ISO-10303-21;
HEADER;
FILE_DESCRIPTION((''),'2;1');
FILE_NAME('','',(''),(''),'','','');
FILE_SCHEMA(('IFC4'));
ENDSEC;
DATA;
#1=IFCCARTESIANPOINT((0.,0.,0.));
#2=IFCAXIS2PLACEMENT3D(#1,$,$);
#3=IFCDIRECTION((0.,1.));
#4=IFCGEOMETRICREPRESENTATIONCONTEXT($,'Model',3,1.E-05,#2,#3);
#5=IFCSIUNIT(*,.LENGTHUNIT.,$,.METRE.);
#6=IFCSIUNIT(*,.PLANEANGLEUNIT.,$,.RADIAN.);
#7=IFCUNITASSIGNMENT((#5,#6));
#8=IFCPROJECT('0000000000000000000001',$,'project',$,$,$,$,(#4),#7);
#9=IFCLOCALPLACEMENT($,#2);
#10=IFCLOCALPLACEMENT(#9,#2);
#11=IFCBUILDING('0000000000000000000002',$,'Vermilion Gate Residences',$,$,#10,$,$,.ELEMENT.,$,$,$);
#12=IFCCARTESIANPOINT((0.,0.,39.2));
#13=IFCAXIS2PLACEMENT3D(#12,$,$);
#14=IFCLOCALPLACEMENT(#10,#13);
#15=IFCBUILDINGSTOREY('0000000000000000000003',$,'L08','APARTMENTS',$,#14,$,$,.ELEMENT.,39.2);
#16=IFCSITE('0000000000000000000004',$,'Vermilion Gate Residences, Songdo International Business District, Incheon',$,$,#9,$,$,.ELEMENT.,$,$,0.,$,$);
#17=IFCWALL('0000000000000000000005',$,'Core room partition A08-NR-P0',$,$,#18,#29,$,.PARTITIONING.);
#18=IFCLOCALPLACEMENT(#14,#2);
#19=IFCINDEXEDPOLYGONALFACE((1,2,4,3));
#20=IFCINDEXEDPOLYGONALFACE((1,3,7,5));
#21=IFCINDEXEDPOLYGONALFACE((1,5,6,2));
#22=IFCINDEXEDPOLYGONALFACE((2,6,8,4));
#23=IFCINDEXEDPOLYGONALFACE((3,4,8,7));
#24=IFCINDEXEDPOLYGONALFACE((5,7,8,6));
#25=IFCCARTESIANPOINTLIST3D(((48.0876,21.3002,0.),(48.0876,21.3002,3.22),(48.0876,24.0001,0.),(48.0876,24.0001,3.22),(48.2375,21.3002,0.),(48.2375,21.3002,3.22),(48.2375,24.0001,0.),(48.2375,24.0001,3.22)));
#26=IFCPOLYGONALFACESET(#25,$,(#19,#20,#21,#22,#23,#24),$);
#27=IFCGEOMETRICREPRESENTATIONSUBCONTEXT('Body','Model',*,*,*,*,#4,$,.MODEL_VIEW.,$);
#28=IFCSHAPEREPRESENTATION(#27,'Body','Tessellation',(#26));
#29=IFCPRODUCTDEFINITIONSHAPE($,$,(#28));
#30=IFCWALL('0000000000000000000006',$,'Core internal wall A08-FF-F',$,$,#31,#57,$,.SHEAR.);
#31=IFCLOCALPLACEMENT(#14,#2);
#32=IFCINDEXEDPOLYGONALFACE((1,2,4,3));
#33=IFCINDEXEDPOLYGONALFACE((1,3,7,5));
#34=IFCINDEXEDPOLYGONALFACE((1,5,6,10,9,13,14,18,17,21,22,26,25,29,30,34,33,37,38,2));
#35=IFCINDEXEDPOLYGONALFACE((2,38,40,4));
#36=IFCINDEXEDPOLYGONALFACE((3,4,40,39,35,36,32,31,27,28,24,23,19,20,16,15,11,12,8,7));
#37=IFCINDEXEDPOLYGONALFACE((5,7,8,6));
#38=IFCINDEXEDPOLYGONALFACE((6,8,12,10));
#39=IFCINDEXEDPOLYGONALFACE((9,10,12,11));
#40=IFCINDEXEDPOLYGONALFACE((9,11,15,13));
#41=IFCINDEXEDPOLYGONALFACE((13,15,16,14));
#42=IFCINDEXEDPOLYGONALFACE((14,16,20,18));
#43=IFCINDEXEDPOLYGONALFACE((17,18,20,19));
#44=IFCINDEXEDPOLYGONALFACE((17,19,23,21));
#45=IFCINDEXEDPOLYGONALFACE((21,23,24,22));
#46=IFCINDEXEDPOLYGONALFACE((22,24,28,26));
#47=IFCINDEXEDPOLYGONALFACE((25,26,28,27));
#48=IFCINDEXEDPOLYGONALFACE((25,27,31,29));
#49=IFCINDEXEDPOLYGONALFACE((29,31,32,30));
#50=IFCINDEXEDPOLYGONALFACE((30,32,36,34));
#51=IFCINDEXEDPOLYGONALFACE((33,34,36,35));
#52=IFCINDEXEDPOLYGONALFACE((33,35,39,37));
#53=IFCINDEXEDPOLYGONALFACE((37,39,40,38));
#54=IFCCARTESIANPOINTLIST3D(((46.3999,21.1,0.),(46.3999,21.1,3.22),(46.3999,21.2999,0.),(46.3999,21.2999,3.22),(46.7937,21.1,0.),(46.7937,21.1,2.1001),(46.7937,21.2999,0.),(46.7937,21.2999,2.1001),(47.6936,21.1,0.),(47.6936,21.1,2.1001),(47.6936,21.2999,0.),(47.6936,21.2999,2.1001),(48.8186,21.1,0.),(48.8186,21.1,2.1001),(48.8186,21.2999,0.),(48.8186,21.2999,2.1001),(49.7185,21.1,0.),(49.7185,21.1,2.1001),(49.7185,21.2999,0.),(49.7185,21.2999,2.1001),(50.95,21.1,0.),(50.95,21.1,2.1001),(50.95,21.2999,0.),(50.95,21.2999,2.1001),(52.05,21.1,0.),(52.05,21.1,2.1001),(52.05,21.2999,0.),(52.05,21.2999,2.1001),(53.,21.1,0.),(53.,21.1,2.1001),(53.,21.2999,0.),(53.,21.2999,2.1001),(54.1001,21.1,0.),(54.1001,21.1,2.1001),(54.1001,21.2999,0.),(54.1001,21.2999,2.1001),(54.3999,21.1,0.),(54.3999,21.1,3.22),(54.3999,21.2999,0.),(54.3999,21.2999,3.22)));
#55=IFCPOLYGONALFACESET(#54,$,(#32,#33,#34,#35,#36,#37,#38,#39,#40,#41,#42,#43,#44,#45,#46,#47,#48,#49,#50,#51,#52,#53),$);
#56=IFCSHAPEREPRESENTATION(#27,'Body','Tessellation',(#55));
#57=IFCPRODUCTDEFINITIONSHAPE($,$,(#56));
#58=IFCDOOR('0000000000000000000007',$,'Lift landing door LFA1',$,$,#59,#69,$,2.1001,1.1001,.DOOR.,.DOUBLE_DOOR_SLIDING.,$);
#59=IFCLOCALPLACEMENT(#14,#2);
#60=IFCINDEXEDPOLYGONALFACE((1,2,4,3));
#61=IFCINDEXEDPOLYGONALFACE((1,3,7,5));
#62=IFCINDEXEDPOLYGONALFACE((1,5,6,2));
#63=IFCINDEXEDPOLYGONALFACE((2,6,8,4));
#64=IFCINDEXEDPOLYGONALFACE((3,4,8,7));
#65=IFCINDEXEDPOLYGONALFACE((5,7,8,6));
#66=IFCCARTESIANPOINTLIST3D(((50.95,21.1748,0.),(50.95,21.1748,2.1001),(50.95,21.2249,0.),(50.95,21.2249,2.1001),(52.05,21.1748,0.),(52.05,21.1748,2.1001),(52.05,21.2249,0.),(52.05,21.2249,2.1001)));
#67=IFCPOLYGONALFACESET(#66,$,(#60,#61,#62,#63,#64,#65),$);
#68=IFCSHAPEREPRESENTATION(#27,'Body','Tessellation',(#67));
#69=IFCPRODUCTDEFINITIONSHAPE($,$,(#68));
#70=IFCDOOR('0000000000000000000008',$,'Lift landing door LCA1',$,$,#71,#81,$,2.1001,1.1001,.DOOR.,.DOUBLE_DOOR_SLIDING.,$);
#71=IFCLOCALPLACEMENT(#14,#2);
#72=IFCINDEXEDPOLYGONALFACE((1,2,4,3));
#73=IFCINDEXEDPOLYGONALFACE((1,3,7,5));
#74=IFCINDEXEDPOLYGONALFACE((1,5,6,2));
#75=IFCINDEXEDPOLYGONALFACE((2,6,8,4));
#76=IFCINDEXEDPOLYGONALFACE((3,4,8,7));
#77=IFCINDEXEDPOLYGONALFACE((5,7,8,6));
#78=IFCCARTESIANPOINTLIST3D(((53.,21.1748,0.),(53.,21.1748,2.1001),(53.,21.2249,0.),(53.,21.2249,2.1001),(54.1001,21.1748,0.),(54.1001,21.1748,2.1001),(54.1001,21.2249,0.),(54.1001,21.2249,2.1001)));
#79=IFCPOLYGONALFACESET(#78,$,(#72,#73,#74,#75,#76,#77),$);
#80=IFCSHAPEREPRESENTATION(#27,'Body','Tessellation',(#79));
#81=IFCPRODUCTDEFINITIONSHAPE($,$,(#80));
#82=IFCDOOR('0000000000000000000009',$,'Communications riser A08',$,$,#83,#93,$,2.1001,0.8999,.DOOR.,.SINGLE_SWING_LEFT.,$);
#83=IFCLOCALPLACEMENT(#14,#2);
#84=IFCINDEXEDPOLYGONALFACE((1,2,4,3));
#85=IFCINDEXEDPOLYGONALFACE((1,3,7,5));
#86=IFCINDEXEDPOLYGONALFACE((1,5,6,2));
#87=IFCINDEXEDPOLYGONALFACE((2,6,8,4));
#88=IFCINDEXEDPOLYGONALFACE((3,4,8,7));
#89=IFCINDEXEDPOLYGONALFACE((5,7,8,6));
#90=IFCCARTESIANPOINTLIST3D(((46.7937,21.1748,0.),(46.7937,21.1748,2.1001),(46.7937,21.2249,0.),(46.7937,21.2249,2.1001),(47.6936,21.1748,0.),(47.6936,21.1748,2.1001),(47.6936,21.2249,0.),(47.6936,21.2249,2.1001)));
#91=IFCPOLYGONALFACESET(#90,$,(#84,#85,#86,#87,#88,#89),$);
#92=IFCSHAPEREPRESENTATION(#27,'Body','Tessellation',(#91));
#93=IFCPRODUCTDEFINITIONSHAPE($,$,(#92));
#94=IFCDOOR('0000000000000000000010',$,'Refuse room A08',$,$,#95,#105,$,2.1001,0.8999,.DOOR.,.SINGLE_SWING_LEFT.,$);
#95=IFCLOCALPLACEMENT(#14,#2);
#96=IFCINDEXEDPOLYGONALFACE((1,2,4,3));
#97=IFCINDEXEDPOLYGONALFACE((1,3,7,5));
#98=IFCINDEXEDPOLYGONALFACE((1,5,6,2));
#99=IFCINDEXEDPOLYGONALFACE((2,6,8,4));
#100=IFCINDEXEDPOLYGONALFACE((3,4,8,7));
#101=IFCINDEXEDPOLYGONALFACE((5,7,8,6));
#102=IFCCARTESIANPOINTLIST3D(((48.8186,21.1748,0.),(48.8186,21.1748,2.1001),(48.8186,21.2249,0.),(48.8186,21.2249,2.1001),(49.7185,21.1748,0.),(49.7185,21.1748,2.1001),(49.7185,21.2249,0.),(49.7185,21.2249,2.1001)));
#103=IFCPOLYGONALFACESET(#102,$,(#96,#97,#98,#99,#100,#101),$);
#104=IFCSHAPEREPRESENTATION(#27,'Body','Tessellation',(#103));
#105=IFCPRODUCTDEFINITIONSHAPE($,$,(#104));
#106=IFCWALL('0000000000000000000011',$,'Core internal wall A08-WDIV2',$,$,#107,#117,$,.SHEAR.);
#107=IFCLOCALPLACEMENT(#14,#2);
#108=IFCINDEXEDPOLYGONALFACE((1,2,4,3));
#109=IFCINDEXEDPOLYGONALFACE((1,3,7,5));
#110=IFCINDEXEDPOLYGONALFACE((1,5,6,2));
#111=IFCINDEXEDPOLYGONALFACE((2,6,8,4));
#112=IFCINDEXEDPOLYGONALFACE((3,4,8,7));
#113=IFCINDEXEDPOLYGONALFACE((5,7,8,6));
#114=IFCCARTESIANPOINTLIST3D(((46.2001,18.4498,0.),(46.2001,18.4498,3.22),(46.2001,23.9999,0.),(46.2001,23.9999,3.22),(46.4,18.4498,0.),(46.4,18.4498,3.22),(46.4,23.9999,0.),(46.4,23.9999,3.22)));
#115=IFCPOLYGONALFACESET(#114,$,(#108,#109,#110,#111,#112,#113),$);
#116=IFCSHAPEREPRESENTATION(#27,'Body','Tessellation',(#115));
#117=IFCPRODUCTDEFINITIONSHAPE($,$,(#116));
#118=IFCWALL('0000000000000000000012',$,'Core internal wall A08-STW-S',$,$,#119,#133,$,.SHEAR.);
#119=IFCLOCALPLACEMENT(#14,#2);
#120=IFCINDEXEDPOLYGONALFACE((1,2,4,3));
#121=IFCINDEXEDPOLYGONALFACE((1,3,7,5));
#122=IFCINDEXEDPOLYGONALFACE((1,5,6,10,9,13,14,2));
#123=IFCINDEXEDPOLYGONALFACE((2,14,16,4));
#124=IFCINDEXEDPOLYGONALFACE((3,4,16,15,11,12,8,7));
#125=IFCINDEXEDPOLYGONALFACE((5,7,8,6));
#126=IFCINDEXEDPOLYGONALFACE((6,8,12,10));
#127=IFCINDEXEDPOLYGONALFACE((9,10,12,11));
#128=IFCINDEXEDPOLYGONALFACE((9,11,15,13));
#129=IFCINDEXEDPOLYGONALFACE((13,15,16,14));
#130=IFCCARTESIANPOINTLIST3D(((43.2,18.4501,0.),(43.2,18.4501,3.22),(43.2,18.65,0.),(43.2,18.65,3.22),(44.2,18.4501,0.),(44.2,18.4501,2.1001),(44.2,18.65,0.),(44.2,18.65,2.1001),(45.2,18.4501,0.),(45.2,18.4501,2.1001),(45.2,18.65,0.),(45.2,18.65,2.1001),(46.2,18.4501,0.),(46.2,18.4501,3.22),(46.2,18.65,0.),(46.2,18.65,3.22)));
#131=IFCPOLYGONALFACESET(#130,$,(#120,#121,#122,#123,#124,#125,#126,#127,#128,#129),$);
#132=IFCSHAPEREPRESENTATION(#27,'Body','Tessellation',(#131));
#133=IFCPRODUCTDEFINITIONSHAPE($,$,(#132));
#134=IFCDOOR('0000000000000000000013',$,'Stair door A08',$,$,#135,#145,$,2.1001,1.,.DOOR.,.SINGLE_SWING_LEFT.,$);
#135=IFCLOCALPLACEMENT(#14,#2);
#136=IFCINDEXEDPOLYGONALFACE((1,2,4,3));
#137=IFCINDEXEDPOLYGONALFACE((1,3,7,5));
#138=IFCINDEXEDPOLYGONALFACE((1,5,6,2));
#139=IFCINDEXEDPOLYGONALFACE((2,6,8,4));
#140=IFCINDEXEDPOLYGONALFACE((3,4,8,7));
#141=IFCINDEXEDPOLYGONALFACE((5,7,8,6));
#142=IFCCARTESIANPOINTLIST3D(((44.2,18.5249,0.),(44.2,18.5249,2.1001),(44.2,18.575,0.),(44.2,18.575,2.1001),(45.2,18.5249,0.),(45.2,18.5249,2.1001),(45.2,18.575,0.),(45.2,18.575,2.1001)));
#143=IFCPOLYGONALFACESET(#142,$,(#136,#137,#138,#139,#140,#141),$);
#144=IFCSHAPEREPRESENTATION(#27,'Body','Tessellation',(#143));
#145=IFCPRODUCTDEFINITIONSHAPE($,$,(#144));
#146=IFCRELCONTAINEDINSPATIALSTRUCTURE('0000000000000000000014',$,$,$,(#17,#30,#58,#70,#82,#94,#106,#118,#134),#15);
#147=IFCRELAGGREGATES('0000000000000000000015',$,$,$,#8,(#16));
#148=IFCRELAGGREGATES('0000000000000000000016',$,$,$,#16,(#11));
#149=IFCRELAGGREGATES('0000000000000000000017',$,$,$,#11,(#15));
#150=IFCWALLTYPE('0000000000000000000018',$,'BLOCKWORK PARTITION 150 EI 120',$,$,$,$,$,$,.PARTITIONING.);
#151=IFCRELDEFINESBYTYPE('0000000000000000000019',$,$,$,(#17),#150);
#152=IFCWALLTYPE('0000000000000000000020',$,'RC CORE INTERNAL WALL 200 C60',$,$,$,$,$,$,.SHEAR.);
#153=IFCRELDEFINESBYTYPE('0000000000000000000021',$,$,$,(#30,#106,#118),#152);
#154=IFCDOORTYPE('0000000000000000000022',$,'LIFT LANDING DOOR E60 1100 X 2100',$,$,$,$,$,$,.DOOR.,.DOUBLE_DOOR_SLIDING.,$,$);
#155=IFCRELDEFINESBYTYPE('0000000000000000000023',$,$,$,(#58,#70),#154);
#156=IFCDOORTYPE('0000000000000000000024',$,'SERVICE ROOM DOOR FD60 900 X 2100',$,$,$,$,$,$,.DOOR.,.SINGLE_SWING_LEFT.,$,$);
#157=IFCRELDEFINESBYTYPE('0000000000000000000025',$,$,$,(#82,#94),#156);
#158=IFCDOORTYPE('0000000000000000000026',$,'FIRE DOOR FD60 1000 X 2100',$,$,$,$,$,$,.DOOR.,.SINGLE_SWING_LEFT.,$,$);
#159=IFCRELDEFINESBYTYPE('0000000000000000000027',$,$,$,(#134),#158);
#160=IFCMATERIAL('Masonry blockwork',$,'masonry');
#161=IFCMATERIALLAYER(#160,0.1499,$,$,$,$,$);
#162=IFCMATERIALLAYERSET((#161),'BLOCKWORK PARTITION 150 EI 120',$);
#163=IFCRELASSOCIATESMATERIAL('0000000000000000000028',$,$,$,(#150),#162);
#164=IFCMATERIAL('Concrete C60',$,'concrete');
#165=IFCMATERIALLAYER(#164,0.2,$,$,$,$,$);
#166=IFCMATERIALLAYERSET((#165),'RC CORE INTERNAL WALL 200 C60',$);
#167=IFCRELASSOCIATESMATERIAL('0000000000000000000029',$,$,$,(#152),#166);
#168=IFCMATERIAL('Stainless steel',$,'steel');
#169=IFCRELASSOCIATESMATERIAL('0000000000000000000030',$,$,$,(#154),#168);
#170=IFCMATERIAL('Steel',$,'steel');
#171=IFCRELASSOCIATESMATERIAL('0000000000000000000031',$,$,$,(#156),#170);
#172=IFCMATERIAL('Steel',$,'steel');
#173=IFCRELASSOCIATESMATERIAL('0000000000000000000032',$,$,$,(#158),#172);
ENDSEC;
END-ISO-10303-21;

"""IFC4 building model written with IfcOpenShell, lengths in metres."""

from ifc_helpers import new_model, si_unit, direction, frame, frame_2d, origin, place, context, subcontext, project, spatial, rectangle, extrude, material, layer, layer_set, type_object, element, fill, save


model = new_model("IFC4")

# Units and contexts
model_context = context("Model", 3, precision=1e-05, world=origin(), true_north=direction((0.0, 1.0)))
body_context = subcontext(model_context, "Body", "Model", "MODEL_VIEW")
ifc_project = project(units=[si_unit("LENGTHUNIT", "METRE"), si_unit("PLANEANGLEUNIT", "RADIAN")], contexts=[model_context])

# Site, building, storey
site_placement = place(None, origin())
site = spatial("IfcSite", under=ifc_project, at=site_placement, Name="Vermilion Gate Residences, Songdo International Business District, Incheon", CompositionType="ELEMENT", RefElevation=0.0)
building_placement = place(site_placement, origin())
building = spatial("IfcBuilding", under=site, at=building_placement, Name="Vermilion Gate Residences", CompositionType="ELEMENT")
storey_placement = place(building_placement, frame((0.0, 0.0, 39.2)))
storey = spatial("IfcBuildingStorey", under=building, at=storey_placement, Name="L08", Description="APARTMENTS", CompositionType="ELEMENT", Elevation=39.2)

# Wall
ifc_material_1 = material(Name="Masonry blockwork", Category="masonry")
ifc_layer_1 = layer(ifc_material_1, 0.1499)
ifc_layer_set_1 = layer_set([ifc_layer_1], Name="BLOCKWORK PARTITION 150 EI 120")
wall_type_1 = type_object("IfcWallType", Name="BLOCKWORK PARTITION 150 EI 120", PredefinedType="PARTITIONING", material=ifc_layer_set_1)
wall_1_placement = place(storey_placement, frame((48.1626, 21.3, 0.0), z_axis=(0.0, 0.0, 1.0), x_axis=(0.0, 1.0, 0.0)))
element("IfcWall", 1, at=wall_1_placement, inside=storey, type_object=wall_type_1, Name="Core room partition A08-NR-P0", PredefinedType="PARTITIONING", context=body_context, shape_type="SweptSolid", body=[
    extrude(rectangle(XDim=2.7, YDim=0.1499, at=frame_2d((1.3501, 0.0))), origin(), (0.0, 0.0, 1.0), 3.22),
])

# Wall, openings, doors
ifc_material_2 = material(Name="Concrete C60", Category="concrete")
ifc_layer_2 = layer(ifc_material_2, 0.2)
ifc_layer_set_2 = layer_set([ifc_layer_2], Name="RC CORE INTERNAL WALL 200 C60")
wall_type_2 = type_object("IfcWallType", Name="RC CORE INTERNAL WALL 200 C60", PredefinedType="SHEAR", material=ifc_layer_set_2)
wall_2_placement = place(storey_placement, frame((46.3999, 21.2, 0.0), z_axis=(0.0, 0.0, 1.0), x_axis=(1.0, 0.0, 0.0)))
wall_2 = element("IfcWall", 2, at=wall_2_placement, inside=storey, type_object=wall_type_2, Name="Core internal wall A08-FF-F", PredefinedType="SHEAR", context=body_context, shape_type="SweptSolid", body=[
    extrude(rectangle(XDim=8.0, YDim=0.2, at=frame_2d((4.0, 0.0))), origin(), (0.0, 0.0, 1.0), 3.22),
])
opening_1_placement = place(wall_2_placement, frame((0.3938, 0.0, 0.0)))
opening_1 = element("IfcOpeningElement", 3, at=opening_1_placement, cuts=wall_2, PredefinedType="OPENING", context=body_context, shape_type="SweptSolid", body=[
    extrude(rectangle(XDim=0.8999, YDim=2.1001, at=frame_2d((0.45, 1.05))), frame((0.0, 0.1099, 0.0), z_axis=(0.0, -1.0, 0.0), x_axis=(1.0, 0.0, 0.0)), (0.0, 0.0, 1.0), 0.22),
])
opening_2_placement = place(wall_2_placement, frame((2.4187, 0.0, 0.0)))
opening_2 = element("IfcOpeningElement", 4, at=opening_2_placement, cuts=wall_2, PredefinedType="OPENING", context=body_context, shape_type="SweptSolid", body=[
    extrude(rectangle(XDim=0.8999, YDim=2.1001, at=frame_2d((0.45, 1.05))), frame((0.0, 0.1099, 0.0), z_axis=(0.0, -1.0, 0.0), x_axis=(1.0, 0.0, 0.0)), (0.0, 0.0, 1.0), 0.22),
])
opening_3_placement = place(wall_2_placement, frame((4.55, 0.0, 0.0)))
opening_3 = element("IfcOpeningElement", 5, at=opening_3_placement, cuts=wall_2, PredefinedType="OPENING", context=body_context, shape_type="SweptSolid", body=[
    extrude(rectangle(XDim=1.1001, YDim=2.1001, at=frame_2d((0.55, 1.05))), frame((0.0, 0.1099, 0.0), z_axis=(0.0, -1.0, 0.0), x_axis=(1.0, 0.0, 0.0)), (0.0, 0.0, 1.0), 0.22),
])
opening_4_placement = place(wall_2_placement, frame((6.6001, 0.0, 0.0)))
opening_4 = element("IfcOpeningElement", 6, at=opening_4_placement, cuts=wall_2, PredefinedType="OPENING", context=body_context, shape_type="SweptSolid", body=[
    extrude(rectangle(XDim=1.1001, YDim=2.1001, at=frame_2d((0.55, 1.05))), frame((0.0, 0.1099, 0.0), z_axis=(0.0, -1.0, 0.0), x_axis=(1.0, 0.0, 0.0)), (0.0, 0.0, 1.0), 0.22),
])
ifc_material_3 = material(Name="Stainless steel", Category="steel")
door_type_1 = type_object("IfcDoorType", Name="LIFT LANDING DOOR E60 1100 X 2100", OperationType="DOUBLE_DOOR_SLIDING", PredefinedType="DOOR", material=ifc_material_3)
door_1_placement = place(opening_3_placement, origin())
door_1 = element("IfcDoor", 7, at=door_1_placement, inside=storey, type_object=door_type_1, Name="Lift landing door LFA1", OperationType="DOUBLE_DOOR_SLIDING", OverallHeight=2.1001, OverallWidth=1.1001, PredefinedType="DOOR", context=body_context, shape_type="SweptSolid", body=[
    extrude(rectangle(XDim=1.1001, YDim=2.1001, at=frame_2d((0.55, 1.05))), frame((0.0, 0.0249, 0.0), z_axis=(0.0, -1.0, 0.0), x_axis=(1.0, 0.0, 0.0)), (0.0, 0.0, 1.0), 0.05),
])
fill(opening_3, door_1)
door_2_placement = place(opening_4_placement, origin())
door_2 = element("IfcDoor", 8, at=door_2_placement, inside=storey, type_object=door_type_1, Name="Lift landing door LCA1", OperationType="DOUBLE_DOOR_SLIDING", OverallHeight=2.1001, OverallWidth=1.1001, PredefinedType="DOOR", context=body_context, shape_type="SweptSolid", body=[
    extrude(rectangle(XDim=1.1001, YDim=2.1001, at=frame_2d((0.55, 1.05))), frame((0.0, 0.0249, 0.0), z_axis=(0.0, -1.0, 0.0), x_axis=(1.0, 0.0, 0.0)), (0.0, 0.0, 1.0), 0.05),
])
fill(opening_4, door_2)
ifc_material_4 = material(Name="Steel", Category="steel")
door_type_2 = type_object("IfcDoorType", Name="SERVICE ROOM DOOR FD60 900 X 2100", OperationType="SINGLE_SWING_LEFT", PredefinedType="DOOR", material=ifc_material_4)
door_3_placement = place(opening_1_placement, origin())
door_3 = element("IfcDoor", 9, at=door_3_placement, inside=storey, type_object=door_type_2, Name="Communications riser A08", OperationType="SINGLE_SWING_LEFT", OverallHeight=2.1001, OverallWidth=0.8999, PredefinedType="DOOR", context=body_context, shape_type="SweptSolid", body=[
    extrude(rectangle(XDim=0.8999, YDim=2.1001, at=frame_2d((0.45, 1.05))), frame((0.0, 0.0249, 0.0), z_axis=(0.0, -1.0, 0.0), x_axis=(1.0, 0.0, 0.0)), (0.0, 0.0, 1.0), 0.05),
])
fill(opening_1, door_3)
door_4_placement = place(opening_2_placement, origin())
door_4 = element("IfcDoor", 10, at=door_4_placement, inside=storey, type_object=door_type_2, Name="Refuse room A08", OperationType="SINGLE_SWING_LEFT", OverallHeight=2.1001, OverallWidth=0.8999, PredefinedType="DOOR", context=body_context, shape_type="SweptSolid", body=[
    extrude(rectangle(XDim=0.8999, YDim=2.1001, at=frame_2d((0.45, 1.05))), frame((0.0, 0.0249, 0.0), z_axis=(0.0, -1.0, 0.0), x_axis=(1.0, 0.0, 0.0)), (0.0, 0.0, 1.0), 0.05),
])
fill(opening_2, door_4)

# Wall
wall_3_placement = place(storey_placement, frame((46.3, 18.45, 0.0), z_axis=(0.0, 0.0, 1.0), x_axis=(0.0, 1.0, 0.0)))
element("IfcWall", 11, at=wall_3_placement, inside=storey, type_object=wall_type_2, Name="Core internal wall A08-WDIV2", PredefinedType="SHEAR", context=body_context, shape_type="SweptSolid", body=[
    extrude(rectangle(XDim=5.55, YDim=0.2, at=frame_2d((2.7749, 0.0))), origin(), (0.0, 0.0, 1.0), 3.22),
])

# Wall, opening, door
wall_4_placement = place(storey_placement, frame((43.2, 18.55, 0.0), z_axis=(0.0, 0.0, 1.0), x_axis=(1.0, 0.0, 0.0)))
wall_4 = element("IfcWall", 12, at=wall_4_placement, inside=storey, type_object=wall_type_2, Name="Core internal wall A08-STW-S", PredefinedType="SHEAR", context=body_context, shape_type="SweptSolid", body=[
    extrude(rectangle(XDim=3.0, YDim=0.2, at=frame_2d((1.5, 0.0))), origin(), (0.0, 0.0, 1.0), 3.22),
])
opening_5_placement = place(wall_4_placement, frame((1.0, 0.0, 0.0)))
opening_5 = element("IfcOpeningElement", 13, at=opening_5_placement, cuts=wall_4, PredefinedType="OPENING", context=body_context, shape_type="SweptSolid", body=[
    extrude(rectangle(XDim=1.0, YDim=2.1001, at=frame_2d((0.5, 1.05))), frame((0.0, 0.1099, 0.0), z_axis=(0.0, -1.0, 0.0), x_axis=(1.0, 0.0, 0.0)), (0.0, 0.0, 1.0), 0.22),
])
ifc_material_5 = material(Name="Steel", Category="steel")
door_type_3 = type_object("IfcDoorType", Name="FIRE DOOR FD60 1000 X 2100", OperationType="SINGLE_SWING_LEFT", PredefinedType="DOOR", material=ifc_material_5)
door_5_placement = place(opening_5_placement, origin())
door_5 = element("IfcDoor", 14, at=door_5_placement, inside=storey, type_object=door_type_3, Name="Stair door A08", OperationType="SINGLE_SWING_LEFT", OverallHeight=2.1001, OverallWidth=1.0, PredefinedType="DOOR", context=body_context, shape_type="SweptSolid", body=[
    extrude(rectangle(XDim=1.0, YDim=2.1001, at=frame_2d((0.5, 1.05))), frame((0.0, 0.0249, 0.0), z_axis=(0.0, -1.0, 0.0), x_axis=(1.0, 0.0, 0.0)), (0.0, 0.0, 1.0), 0.05),
])
fill(opening_5, door_5)

save(model, "model.ifc")
